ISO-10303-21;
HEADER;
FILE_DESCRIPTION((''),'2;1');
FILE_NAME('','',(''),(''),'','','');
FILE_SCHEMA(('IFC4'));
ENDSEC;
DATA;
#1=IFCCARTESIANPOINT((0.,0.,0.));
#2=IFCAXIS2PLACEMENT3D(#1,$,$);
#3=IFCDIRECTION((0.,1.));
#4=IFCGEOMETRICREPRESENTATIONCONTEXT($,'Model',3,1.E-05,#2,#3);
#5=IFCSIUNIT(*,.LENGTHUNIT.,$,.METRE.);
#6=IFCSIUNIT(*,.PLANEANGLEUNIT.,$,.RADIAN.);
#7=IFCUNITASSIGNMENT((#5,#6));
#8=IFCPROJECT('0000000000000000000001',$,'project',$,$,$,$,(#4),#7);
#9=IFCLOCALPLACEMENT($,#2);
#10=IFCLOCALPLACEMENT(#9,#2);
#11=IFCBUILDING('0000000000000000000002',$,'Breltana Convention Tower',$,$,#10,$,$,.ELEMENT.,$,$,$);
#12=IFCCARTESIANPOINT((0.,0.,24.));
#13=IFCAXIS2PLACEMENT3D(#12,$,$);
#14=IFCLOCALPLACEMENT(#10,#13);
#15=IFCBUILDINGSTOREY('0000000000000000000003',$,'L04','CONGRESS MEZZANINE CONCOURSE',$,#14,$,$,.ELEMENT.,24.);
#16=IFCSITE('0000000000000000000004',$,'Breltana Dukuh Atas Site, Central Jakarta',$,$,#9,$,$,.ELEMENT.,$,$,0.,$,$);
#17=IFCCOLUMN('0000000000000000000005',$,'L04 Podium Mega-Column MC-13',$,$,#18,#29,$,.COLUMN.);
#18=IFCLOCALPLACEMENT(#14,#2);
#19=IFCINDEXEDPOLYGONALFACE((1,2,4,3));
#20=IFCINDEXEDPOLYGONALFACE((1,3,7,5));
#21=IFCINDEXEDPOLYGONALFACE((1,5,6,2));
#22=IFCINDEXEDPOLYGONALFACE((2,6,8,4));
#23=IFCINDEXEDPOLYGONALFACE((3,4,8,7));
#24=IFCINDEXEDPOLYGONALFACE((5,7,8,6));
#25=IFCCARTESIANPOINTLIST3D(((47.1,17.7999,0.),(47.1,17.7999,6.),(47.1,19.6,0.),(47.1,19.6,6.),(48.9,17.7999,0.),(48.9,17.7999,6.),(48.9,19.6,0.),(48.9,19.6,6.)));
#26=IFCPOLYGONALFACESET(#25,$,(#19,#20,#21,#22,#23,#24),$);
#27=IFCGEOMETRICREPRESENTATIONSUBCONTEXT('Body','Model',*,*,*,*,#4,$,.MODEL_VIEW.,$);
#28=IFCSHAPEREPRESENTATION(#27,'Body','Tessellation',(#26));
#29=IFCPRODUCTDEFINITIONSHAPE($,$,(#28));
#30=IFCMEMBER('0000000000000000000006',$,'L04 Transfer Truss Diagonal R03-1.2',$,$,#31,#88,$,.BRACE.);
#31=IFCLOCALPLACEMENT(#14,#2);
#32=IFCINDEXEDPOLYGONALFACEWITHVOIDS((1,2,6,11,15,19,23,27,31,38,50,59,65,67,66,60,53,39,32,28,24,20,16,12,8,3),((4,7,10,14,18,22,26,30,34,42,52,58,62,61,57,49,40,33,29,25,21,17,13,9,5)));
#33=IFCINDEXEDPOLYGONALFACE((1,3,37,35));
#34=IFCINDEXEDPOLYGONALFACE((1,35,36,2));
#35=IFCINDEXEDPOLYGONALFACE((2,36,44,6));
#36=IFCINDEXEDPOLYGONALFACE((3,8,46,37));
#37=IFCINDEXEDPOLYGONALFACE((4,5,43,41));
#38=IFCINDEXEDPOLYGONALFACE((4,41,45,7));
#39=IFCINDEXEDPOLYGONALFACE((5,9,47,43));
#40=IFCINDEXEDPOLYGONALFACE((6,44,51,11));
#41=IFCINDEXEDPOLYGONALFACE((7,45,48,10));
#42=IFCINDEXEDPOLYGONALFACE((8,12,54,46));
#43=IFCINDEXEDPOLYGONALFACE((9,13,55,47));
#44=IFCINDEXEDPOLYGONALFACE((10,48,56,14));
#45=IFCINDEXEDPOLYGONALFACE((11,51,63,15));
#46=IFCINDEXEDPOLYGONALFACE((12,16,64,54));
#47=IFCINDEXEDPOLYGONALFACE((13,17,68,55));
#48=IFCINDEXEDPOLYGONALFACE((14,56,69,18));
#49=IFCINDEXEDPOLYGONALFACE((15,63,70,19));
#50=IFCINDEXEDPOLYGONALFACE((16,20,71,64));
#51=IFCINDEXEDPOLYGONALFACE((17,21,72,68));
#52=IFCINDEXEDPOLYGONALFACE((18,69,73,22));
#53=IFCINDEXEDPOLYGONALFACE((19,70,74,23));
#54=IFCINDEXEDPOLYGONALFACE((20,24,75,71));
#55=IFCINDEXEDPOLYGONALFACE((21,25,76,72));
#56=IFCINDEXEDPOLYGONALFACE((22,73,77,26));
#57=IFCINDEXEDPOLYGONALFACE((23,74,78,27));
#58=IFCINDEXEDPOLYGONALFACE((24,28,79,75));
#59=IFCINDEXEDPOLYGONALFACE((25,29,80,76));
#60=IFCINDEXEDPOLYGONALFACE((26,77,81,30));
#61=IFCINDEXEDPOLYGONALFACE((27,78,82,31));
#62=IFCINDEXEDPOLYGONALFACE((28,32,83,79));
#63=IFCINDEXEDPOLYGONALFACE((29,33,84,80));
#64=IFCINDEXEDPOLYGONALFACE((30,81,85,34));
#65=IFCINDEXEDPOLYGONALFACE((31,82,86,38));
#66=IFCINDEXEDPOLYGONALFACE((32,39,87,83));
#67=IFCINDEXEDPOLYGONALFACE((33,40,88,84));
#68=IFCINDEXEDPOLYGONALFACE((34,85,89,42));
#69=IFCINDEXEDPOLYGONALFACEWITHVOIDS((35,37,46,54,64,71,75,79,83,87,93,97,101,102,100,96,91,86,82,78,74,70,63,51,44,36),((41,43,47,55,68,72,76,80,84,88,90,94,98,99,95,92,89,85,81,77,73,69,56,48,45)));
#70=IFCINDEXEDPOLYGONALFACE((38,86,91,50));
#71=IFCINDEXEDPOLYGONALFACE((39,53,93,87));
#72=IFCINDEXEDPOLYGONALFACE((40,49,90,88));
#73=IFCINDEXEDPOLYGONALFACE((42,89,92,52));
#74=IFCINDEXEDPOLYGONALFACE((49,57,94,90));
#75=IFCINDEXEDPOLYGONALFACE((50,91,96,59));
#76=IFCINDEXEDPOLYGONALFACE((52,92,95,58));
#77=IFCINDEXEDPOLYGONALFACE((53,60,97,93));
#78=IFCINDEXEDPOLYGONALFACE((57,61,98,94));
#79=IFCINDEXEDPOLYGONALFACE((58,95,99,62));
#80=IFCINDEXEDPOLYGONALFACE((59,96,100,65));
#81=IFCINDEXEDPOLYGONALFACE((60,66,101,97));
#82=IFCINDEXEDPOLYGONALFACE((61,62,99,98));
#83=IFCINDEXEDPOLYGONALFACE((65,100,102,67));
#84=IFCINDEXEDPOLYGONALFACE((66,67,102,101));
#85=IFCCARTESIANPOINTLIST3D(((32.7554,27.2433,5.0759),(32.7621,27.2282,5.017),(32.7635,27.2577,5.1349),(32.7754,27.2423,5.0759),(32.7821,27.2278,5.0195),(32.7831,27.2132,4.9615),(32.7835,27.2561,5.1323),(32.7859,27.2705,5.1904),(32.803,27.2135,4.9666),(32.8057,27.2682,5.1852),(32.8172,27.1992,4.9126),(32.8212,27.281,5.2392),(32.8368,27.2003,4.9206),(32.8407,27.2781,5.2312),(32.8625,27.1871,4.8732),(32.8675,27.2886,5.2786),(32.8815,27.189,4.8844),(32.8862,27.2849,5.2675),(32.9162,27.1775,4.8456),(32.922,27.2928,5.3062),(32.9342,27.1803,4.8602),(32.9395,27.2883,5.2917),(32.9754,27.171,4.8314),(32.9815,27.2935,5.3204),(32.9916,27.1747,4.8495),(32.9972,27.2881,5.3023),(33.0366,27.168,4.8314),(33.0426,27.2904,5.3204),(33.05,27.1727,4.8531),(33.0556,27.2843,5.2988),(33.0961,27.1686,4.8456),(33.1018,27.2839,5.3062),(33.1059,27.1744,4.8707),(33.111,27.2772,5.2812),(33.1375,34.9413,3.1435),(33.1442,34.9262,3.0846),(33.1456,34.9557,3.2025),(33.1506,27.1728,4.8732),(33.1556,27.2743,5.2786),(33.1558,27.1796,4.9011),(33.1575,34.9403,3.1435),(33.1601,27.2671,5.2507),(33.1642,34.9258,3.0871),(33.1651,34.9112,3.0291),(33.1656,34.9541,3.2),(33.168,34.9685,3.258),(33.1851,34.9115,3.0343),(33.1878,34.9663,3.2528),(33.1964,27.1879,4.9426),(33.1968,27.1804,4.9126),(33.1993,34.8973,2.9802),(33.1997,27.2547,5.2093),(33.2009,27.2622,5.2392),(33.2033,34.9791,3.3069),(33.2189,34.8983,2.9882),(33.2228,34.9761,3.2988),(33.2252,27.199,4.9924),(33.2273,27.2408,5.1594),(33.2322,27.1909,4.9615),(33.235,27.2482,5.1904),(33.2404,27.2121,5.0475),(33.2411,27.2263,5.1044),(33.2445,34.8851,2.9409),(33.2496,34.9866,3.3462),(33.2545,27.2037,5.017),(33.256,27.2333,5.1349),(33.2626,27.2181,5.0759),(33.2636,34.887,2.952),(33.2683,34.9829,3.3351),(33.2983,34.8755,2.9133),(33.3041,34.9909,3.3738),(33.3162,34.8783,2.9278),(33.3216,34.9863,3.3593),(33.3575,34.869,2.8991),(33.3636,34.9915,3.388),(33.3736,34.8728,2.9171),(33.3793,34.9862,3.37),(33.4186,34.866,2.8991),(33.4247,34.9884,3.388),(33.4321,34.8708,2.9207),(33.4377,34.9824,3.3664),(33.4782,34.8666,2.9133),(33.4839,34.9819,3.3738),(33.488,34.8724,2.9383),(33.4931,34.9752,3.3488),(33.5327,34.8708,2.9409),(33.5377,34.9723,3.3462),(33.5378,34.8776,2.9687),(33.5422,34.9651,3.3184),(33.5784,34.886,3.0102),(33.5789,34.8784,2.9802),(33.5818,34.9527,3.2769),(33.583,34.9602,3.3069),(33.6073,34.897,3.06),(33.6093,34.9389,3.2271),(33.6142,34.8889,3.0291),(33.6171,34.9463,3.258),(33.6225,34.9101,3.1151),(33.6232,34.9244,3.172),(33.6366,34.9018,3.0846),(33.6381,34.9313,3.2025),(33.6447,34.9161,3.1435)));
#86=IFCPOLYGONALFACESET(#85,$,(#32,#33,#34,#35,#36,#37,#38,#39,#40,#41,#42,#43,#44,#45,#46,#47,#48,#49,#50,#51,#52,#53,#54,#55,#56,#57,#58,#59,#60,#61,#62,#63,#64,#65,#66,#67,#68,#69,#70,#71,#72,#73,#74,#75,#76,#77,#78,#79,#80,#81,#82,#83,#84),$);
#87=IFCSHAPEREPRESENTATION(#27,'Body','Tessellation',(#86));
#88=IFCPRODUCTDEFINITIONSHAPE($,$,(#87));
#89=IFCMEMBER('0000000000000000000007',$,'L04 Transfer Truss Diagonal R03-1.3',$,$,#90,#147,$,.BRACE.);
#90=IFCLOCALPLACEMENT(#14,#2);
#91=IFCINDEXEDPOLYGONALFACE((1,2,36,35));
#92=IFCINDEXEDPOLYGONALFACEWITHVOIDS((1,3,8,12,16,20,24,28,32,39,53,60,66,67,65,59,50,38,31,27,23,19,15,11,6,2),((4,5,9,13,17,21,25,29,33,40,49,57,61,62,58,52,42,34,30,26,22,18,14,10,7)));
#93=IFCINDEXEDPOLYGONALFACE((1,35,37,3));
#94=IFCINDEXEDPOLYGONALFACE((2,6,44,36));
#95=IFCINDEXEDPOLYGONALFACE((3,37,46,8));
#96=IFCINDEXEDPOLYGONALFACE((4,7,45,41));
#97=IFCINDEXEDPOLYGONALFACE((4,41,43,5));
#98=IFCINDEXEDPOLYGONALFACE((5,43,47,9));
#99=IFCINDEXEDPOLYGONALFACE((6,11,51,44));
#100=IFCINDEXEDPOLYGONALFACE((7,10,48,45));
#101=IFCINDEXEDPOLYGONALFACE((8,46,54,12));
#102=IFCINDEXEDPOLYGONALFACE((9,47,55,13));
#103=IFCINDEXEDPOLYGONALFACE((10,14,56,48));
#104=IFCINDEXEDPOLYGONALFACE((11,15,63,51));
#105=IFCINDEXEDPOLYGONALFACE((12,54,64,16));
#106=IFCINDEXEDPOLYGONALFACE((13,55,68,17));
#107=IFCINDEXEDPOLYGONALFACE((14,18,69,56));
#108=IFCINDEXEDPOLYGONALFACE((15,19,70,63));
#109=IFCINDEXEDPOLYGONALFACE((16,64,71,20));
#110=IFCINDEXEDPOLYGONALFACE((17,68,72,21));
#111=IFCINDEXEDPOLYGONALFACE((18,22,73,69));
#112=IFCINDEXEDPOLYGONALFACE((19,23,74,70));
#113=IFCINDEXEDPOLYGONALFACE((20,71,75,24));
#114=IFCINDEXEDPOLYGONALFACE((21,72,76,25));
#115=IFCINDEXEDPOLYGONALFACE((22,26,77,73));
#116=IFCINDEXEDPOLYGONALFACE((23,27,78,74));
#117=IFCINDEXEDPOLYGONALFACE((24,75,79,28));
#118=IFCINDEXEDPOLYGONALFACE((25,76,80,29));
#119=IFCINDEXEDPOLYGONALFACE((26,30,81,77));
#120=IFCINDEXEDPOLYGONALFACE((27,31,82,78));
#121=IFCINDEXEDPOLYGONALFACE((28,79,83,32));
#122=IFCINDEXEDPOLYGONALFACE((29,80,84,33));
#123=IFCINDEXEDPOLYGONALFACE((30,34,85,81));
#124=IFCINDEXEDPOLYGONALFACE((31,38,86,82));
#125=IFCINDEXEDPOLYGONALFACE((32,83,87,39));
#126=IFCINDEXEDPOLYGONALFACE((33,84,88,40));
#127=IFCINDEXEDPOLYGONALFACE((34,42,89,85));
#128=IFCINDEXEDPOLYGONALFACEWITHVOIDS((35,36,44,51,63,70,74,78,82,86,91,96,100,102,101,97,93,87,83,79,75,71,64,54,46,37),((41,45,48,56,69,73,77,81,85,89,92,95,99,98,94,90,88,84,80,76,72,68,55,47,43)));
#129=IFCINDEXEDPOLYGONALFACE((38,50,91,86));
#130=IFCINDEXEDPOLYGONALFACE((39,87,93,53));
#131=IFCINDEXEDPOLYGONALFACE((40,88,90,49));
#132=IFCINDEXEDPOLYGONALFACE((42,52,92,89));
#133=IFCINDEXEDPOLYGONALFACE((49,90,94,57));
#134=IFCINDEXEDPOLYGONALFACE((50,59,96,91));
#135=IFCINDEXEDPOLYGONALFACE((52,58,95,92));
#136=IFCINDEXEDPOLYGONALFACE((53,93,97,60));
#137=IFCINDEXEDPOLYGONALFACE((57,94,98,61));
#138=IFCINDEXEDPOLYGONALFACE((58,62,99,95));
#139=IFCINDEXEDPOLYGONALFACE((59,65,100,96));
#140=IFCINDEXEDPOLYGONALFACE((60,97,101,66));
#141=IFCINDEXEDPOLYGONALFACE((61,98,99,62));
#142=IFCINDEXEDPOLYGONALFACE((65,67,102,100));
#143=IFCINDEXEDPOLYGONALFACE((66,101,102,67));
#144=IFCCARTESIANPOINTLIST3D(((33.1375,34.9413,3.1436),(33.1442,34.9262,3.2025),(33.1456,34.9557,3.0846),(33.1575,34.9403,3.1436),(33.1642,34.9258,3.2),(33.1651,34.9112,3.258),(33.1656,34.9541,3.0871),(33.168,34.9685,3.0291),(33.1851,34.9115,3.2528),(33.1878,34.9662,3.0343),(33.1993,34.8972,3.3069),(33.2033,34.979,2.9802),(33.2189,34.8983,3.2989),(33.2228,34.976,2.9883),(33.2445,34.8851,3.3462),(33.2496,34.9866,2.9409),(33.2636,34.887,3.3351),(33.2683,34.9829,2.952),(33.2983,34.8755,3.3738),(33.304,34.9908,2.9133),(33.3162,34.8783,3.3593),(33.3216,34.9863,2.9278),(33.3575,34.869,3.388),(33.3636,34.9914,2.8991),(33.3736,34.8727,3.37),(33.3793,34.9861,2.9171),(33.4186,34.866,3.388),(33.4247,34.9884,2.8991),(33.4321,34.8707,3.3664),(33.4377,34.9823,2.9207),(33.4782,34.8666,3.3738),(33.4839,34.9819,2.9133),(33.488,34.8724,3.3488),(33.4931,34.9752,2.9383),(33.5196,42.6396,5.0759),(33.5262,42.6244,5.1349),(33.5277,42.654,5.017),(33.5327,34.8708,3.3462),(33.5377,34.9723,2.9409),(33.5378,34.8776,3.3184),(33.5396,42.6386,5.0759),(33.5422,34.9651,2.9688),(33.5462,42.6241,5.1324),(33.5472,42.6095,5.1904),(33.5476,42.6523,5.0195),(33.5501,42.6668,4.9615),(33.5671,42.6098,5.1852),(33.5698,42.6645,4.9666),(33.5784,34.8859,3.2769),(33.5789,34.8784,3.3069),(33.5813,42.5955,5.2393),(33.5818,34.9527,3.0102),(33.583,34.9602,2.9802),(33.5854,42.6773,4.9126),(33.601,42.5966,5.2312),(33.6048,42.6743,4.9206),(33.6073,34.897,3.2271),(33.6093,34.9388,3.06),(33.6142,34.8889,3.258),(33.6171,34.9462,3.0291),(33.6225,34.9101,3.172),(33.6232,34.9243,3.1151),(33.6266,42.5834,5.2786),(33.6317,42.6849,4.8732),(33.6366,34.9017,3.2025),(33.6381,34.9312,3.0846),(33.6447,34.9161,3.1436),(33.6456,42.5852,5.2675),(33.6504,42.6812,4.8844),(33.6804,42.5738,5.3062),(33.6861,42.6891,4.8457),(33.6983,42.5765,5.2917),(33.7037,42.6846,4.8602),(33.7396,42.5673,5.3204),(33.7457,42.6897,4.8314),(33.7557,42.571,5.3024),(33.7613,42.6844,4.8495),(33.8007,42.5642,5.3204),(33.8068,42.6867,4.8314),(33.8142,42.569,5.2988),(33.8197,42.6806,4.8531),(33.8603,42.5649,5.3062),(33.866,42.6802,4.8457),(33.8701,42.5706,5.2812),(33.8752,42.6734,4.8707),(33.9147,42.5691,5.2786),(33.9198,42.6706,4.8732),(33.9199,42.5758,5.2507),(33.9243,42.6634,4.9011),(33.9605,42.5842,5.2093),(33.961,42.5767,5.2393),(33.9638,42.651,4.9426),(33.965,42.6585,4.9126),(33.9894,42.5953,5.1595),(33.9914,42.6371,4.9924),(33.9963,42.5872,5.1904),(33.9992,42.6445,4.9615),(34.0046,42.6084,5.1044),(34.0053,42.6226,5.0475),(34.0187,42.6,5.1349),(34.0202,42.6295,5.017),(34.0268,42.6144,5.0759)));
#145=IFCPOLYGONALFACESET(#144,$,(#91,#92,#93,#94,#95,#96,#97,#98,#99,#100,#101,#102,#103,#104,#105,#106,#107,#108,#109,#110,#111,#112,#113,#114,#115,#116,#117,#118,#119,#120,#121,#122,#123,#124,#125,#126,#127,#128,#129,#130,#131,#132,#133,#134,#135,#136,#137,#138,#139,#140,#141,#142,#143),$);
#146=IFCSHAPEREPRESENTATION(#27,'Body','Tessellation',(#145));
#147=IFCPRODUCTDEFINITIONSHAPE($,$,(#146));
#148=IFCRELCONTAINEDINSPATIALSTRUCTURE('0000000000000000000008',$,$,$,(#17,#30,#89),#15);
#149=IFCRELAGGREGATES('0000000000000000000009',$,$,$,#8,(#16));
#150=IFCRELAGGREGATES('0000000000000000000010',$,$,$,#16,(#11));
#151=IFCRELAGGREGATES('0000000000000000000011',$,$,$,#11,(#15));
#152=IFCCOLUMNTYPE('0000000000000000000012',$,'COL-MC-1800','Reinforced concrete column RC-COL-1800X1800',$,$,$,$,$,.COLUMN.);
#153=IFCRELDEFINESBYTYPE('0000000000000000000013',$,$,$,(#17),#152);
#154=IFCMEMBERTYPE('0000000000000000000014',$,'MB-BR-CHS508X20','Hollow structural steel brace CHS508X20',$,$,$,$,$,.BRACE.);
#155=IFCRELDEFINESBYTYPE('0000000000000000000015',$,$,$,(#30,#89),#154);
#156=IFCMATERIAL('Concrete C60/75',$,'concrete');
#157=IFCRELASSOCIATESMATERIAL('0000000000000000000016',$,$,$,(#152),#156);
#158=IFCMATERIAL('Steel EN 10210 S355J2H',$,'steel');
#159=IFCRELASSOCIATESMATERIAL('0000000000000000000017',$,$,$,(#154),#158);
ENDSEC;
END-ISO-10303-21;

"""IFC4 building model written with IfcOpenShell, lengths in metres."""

from ifc_helpers import new_model, si_unit, direction, frame, origin, origin_2d, place, context, subcontext, project, spatial, rectangle, hollow_circle, extrude, source, transform, mapped, material, material_profile, profile_set, type_object, type_shapes, element, save


model = new_model("IFC4")

# Units and contexts
model_context = context("Model", 3, precision=1e-05, world=origin(), true_north=direction((0.0, 1.0)))
body_context = subcontext(model_context, "Body", "Model", "MODEL_VIEW")
ifc_project = project(units=[si_unit("LENGTHUNIT", "METRE"), si_unit("PLANEANGLEUNIT", "RADIAN")], contexts=[model_context])

# Site, building, storey
site_placement = place(None, origin())
site = spatial("IfcSite", under=ifc_project, at=site_placement, Name="Breltana Dukuh Atas Site, Central Jakarta", CompositionType="ELEMENT", RefElevation=0.0)
building_placement = place(site_placement, origin())
building = spatial("IfcBuilding", under=site, at=building_placement, Name="Breltana Convention Tower", CompositionType="ELEMENT")
storey_placement = place(building_placement, frame((0.0, 0.0, 24.0)))
storey = spatial("IfcBuildingStorey", under=building, at=storey_placement, Name="L04", Description="CONGRESS MEZZANINE CONCOURSE", CompositionType="ELEMENT", Elevation=24.0)

# Column
ifc_material_1 = material(Name="Concrete C60/75", Category="concrete")
ifc_material_profile_1 = material_profile(ifc_material_1, rectangle(XDim=1.8, YDim=1.8, at=origin_2d()), Name="RC-COL-1800X1800")
ifc_profile_set_1 = profile_set([ifc_material_profile_1], Name="Concrete C60/75")
column_type = type_object("IfcColumnType", Name="COL-MC-1800", Description="Reinforced concrete column RC-COL-1800X1800", PredefinedType="COLUMN", material=ifc_profile_set_1)
shared_shape_1 = source(origin(), body_context, "Body", "SweptSolid", [
    extrude(rectangle(XDim=1.8, YDim=1.8, at=origin_2d()), origin(), (0.0, 0.0, 1.0), 6.0),
])
type_shapes(column_type, [shared_shape_1])
column_placement = place(storey_placement, frame((48.0, 18.7, 0.0), z_axis=(0.0, 0.0, 1.0), x_axis=(0.0, -1.0, 0.0)))
element("IfcColumn", 1, at=column_placement, inside=storey, type_object=column_type, Name="L04 Podium Mega-Column MC-13", PredefinedType="COLUMN", context=body_context, shape_type="MappedRepresentation", body=[
    mapped(shared_shape_1, transform((0.0, 0.0, 0.0), scale=1.0)),
])

# Members
ifc_material_2 = material(Name="Steel EN 10210 S355J2H", Category="steel")
ifc_material_profile_2 = material_profile(ifc_material_2, hollow_circle(Radius=0.2539, WallThickness=0.02, at=origin_2d()), Name="CHS508X20")
ifc_profile_set_2 = profile_set([ifc_material_profile_2], Name="Steel EN 10210 S355J2H")
member_type = type_object("IfcMemberType", Name="MB-BR-CHS508X20", Description="Hollow structural steel brace CHS508X20", PredefinedType="BRACE", material=ifc_profile_set_2)
shared_shape_2 = source(origin(), body_context, "Body", "SweptSolid", [
    extrude(hollow_circle(Radius=0.2539, WallThickness=0.02, at=origin_2d()), origin(), (0.0, 0.0, 1.0), 7.946),
])
member_1_placement = place(storey_placement, frame((33.009, 27.2307, 5.0759), z_axis=(0.048084, 0.968787, -0.243188), x_axis=(-0.998771, 0.049573, 0.0)))
element("IfcMember", 2, at=member_1_placement, inside=storey, type_object=member_type, Name="L04 Transfer Truss Diagonal R03-1.2", PredefinedType="BRACE", context=body_context, shape_type="MappedRepresentation", body=[
    mapped(shared_shape_2, transform((0.0, 0.0, 0.0), scale=1.0)),
])
shared_shape_3 = source(origin(), body_context, "Body", "SweptSolid", [
    extrude(hollow_circle(Radius=0.2539, WallThickness=0.02, at=origin_2d()), origin(), (0.0, 0.0, 1.0), 7.9463),
])
member_2_placement = place(storey_placement, frame((33.3911, 34.9287, 3.1436), z_axis=(0.048083, 0.968789, 0.24318), x_axis=(-0.998771, 0.049571, 0.0)))
element("IfcMember", 3, at=member_2_placement, inside=storey, type_object=member_type, Name="L04 Transfer Truss Diagonal R03-1.3", PredefinedType="BRACE", context=body_context, shape_type="MappedRepresentation", body=[
    mapped(shared_shape_3, transform((0.0, 0.0, 0.0), scale=1.0)),
])

save(model, "model.ifc")
